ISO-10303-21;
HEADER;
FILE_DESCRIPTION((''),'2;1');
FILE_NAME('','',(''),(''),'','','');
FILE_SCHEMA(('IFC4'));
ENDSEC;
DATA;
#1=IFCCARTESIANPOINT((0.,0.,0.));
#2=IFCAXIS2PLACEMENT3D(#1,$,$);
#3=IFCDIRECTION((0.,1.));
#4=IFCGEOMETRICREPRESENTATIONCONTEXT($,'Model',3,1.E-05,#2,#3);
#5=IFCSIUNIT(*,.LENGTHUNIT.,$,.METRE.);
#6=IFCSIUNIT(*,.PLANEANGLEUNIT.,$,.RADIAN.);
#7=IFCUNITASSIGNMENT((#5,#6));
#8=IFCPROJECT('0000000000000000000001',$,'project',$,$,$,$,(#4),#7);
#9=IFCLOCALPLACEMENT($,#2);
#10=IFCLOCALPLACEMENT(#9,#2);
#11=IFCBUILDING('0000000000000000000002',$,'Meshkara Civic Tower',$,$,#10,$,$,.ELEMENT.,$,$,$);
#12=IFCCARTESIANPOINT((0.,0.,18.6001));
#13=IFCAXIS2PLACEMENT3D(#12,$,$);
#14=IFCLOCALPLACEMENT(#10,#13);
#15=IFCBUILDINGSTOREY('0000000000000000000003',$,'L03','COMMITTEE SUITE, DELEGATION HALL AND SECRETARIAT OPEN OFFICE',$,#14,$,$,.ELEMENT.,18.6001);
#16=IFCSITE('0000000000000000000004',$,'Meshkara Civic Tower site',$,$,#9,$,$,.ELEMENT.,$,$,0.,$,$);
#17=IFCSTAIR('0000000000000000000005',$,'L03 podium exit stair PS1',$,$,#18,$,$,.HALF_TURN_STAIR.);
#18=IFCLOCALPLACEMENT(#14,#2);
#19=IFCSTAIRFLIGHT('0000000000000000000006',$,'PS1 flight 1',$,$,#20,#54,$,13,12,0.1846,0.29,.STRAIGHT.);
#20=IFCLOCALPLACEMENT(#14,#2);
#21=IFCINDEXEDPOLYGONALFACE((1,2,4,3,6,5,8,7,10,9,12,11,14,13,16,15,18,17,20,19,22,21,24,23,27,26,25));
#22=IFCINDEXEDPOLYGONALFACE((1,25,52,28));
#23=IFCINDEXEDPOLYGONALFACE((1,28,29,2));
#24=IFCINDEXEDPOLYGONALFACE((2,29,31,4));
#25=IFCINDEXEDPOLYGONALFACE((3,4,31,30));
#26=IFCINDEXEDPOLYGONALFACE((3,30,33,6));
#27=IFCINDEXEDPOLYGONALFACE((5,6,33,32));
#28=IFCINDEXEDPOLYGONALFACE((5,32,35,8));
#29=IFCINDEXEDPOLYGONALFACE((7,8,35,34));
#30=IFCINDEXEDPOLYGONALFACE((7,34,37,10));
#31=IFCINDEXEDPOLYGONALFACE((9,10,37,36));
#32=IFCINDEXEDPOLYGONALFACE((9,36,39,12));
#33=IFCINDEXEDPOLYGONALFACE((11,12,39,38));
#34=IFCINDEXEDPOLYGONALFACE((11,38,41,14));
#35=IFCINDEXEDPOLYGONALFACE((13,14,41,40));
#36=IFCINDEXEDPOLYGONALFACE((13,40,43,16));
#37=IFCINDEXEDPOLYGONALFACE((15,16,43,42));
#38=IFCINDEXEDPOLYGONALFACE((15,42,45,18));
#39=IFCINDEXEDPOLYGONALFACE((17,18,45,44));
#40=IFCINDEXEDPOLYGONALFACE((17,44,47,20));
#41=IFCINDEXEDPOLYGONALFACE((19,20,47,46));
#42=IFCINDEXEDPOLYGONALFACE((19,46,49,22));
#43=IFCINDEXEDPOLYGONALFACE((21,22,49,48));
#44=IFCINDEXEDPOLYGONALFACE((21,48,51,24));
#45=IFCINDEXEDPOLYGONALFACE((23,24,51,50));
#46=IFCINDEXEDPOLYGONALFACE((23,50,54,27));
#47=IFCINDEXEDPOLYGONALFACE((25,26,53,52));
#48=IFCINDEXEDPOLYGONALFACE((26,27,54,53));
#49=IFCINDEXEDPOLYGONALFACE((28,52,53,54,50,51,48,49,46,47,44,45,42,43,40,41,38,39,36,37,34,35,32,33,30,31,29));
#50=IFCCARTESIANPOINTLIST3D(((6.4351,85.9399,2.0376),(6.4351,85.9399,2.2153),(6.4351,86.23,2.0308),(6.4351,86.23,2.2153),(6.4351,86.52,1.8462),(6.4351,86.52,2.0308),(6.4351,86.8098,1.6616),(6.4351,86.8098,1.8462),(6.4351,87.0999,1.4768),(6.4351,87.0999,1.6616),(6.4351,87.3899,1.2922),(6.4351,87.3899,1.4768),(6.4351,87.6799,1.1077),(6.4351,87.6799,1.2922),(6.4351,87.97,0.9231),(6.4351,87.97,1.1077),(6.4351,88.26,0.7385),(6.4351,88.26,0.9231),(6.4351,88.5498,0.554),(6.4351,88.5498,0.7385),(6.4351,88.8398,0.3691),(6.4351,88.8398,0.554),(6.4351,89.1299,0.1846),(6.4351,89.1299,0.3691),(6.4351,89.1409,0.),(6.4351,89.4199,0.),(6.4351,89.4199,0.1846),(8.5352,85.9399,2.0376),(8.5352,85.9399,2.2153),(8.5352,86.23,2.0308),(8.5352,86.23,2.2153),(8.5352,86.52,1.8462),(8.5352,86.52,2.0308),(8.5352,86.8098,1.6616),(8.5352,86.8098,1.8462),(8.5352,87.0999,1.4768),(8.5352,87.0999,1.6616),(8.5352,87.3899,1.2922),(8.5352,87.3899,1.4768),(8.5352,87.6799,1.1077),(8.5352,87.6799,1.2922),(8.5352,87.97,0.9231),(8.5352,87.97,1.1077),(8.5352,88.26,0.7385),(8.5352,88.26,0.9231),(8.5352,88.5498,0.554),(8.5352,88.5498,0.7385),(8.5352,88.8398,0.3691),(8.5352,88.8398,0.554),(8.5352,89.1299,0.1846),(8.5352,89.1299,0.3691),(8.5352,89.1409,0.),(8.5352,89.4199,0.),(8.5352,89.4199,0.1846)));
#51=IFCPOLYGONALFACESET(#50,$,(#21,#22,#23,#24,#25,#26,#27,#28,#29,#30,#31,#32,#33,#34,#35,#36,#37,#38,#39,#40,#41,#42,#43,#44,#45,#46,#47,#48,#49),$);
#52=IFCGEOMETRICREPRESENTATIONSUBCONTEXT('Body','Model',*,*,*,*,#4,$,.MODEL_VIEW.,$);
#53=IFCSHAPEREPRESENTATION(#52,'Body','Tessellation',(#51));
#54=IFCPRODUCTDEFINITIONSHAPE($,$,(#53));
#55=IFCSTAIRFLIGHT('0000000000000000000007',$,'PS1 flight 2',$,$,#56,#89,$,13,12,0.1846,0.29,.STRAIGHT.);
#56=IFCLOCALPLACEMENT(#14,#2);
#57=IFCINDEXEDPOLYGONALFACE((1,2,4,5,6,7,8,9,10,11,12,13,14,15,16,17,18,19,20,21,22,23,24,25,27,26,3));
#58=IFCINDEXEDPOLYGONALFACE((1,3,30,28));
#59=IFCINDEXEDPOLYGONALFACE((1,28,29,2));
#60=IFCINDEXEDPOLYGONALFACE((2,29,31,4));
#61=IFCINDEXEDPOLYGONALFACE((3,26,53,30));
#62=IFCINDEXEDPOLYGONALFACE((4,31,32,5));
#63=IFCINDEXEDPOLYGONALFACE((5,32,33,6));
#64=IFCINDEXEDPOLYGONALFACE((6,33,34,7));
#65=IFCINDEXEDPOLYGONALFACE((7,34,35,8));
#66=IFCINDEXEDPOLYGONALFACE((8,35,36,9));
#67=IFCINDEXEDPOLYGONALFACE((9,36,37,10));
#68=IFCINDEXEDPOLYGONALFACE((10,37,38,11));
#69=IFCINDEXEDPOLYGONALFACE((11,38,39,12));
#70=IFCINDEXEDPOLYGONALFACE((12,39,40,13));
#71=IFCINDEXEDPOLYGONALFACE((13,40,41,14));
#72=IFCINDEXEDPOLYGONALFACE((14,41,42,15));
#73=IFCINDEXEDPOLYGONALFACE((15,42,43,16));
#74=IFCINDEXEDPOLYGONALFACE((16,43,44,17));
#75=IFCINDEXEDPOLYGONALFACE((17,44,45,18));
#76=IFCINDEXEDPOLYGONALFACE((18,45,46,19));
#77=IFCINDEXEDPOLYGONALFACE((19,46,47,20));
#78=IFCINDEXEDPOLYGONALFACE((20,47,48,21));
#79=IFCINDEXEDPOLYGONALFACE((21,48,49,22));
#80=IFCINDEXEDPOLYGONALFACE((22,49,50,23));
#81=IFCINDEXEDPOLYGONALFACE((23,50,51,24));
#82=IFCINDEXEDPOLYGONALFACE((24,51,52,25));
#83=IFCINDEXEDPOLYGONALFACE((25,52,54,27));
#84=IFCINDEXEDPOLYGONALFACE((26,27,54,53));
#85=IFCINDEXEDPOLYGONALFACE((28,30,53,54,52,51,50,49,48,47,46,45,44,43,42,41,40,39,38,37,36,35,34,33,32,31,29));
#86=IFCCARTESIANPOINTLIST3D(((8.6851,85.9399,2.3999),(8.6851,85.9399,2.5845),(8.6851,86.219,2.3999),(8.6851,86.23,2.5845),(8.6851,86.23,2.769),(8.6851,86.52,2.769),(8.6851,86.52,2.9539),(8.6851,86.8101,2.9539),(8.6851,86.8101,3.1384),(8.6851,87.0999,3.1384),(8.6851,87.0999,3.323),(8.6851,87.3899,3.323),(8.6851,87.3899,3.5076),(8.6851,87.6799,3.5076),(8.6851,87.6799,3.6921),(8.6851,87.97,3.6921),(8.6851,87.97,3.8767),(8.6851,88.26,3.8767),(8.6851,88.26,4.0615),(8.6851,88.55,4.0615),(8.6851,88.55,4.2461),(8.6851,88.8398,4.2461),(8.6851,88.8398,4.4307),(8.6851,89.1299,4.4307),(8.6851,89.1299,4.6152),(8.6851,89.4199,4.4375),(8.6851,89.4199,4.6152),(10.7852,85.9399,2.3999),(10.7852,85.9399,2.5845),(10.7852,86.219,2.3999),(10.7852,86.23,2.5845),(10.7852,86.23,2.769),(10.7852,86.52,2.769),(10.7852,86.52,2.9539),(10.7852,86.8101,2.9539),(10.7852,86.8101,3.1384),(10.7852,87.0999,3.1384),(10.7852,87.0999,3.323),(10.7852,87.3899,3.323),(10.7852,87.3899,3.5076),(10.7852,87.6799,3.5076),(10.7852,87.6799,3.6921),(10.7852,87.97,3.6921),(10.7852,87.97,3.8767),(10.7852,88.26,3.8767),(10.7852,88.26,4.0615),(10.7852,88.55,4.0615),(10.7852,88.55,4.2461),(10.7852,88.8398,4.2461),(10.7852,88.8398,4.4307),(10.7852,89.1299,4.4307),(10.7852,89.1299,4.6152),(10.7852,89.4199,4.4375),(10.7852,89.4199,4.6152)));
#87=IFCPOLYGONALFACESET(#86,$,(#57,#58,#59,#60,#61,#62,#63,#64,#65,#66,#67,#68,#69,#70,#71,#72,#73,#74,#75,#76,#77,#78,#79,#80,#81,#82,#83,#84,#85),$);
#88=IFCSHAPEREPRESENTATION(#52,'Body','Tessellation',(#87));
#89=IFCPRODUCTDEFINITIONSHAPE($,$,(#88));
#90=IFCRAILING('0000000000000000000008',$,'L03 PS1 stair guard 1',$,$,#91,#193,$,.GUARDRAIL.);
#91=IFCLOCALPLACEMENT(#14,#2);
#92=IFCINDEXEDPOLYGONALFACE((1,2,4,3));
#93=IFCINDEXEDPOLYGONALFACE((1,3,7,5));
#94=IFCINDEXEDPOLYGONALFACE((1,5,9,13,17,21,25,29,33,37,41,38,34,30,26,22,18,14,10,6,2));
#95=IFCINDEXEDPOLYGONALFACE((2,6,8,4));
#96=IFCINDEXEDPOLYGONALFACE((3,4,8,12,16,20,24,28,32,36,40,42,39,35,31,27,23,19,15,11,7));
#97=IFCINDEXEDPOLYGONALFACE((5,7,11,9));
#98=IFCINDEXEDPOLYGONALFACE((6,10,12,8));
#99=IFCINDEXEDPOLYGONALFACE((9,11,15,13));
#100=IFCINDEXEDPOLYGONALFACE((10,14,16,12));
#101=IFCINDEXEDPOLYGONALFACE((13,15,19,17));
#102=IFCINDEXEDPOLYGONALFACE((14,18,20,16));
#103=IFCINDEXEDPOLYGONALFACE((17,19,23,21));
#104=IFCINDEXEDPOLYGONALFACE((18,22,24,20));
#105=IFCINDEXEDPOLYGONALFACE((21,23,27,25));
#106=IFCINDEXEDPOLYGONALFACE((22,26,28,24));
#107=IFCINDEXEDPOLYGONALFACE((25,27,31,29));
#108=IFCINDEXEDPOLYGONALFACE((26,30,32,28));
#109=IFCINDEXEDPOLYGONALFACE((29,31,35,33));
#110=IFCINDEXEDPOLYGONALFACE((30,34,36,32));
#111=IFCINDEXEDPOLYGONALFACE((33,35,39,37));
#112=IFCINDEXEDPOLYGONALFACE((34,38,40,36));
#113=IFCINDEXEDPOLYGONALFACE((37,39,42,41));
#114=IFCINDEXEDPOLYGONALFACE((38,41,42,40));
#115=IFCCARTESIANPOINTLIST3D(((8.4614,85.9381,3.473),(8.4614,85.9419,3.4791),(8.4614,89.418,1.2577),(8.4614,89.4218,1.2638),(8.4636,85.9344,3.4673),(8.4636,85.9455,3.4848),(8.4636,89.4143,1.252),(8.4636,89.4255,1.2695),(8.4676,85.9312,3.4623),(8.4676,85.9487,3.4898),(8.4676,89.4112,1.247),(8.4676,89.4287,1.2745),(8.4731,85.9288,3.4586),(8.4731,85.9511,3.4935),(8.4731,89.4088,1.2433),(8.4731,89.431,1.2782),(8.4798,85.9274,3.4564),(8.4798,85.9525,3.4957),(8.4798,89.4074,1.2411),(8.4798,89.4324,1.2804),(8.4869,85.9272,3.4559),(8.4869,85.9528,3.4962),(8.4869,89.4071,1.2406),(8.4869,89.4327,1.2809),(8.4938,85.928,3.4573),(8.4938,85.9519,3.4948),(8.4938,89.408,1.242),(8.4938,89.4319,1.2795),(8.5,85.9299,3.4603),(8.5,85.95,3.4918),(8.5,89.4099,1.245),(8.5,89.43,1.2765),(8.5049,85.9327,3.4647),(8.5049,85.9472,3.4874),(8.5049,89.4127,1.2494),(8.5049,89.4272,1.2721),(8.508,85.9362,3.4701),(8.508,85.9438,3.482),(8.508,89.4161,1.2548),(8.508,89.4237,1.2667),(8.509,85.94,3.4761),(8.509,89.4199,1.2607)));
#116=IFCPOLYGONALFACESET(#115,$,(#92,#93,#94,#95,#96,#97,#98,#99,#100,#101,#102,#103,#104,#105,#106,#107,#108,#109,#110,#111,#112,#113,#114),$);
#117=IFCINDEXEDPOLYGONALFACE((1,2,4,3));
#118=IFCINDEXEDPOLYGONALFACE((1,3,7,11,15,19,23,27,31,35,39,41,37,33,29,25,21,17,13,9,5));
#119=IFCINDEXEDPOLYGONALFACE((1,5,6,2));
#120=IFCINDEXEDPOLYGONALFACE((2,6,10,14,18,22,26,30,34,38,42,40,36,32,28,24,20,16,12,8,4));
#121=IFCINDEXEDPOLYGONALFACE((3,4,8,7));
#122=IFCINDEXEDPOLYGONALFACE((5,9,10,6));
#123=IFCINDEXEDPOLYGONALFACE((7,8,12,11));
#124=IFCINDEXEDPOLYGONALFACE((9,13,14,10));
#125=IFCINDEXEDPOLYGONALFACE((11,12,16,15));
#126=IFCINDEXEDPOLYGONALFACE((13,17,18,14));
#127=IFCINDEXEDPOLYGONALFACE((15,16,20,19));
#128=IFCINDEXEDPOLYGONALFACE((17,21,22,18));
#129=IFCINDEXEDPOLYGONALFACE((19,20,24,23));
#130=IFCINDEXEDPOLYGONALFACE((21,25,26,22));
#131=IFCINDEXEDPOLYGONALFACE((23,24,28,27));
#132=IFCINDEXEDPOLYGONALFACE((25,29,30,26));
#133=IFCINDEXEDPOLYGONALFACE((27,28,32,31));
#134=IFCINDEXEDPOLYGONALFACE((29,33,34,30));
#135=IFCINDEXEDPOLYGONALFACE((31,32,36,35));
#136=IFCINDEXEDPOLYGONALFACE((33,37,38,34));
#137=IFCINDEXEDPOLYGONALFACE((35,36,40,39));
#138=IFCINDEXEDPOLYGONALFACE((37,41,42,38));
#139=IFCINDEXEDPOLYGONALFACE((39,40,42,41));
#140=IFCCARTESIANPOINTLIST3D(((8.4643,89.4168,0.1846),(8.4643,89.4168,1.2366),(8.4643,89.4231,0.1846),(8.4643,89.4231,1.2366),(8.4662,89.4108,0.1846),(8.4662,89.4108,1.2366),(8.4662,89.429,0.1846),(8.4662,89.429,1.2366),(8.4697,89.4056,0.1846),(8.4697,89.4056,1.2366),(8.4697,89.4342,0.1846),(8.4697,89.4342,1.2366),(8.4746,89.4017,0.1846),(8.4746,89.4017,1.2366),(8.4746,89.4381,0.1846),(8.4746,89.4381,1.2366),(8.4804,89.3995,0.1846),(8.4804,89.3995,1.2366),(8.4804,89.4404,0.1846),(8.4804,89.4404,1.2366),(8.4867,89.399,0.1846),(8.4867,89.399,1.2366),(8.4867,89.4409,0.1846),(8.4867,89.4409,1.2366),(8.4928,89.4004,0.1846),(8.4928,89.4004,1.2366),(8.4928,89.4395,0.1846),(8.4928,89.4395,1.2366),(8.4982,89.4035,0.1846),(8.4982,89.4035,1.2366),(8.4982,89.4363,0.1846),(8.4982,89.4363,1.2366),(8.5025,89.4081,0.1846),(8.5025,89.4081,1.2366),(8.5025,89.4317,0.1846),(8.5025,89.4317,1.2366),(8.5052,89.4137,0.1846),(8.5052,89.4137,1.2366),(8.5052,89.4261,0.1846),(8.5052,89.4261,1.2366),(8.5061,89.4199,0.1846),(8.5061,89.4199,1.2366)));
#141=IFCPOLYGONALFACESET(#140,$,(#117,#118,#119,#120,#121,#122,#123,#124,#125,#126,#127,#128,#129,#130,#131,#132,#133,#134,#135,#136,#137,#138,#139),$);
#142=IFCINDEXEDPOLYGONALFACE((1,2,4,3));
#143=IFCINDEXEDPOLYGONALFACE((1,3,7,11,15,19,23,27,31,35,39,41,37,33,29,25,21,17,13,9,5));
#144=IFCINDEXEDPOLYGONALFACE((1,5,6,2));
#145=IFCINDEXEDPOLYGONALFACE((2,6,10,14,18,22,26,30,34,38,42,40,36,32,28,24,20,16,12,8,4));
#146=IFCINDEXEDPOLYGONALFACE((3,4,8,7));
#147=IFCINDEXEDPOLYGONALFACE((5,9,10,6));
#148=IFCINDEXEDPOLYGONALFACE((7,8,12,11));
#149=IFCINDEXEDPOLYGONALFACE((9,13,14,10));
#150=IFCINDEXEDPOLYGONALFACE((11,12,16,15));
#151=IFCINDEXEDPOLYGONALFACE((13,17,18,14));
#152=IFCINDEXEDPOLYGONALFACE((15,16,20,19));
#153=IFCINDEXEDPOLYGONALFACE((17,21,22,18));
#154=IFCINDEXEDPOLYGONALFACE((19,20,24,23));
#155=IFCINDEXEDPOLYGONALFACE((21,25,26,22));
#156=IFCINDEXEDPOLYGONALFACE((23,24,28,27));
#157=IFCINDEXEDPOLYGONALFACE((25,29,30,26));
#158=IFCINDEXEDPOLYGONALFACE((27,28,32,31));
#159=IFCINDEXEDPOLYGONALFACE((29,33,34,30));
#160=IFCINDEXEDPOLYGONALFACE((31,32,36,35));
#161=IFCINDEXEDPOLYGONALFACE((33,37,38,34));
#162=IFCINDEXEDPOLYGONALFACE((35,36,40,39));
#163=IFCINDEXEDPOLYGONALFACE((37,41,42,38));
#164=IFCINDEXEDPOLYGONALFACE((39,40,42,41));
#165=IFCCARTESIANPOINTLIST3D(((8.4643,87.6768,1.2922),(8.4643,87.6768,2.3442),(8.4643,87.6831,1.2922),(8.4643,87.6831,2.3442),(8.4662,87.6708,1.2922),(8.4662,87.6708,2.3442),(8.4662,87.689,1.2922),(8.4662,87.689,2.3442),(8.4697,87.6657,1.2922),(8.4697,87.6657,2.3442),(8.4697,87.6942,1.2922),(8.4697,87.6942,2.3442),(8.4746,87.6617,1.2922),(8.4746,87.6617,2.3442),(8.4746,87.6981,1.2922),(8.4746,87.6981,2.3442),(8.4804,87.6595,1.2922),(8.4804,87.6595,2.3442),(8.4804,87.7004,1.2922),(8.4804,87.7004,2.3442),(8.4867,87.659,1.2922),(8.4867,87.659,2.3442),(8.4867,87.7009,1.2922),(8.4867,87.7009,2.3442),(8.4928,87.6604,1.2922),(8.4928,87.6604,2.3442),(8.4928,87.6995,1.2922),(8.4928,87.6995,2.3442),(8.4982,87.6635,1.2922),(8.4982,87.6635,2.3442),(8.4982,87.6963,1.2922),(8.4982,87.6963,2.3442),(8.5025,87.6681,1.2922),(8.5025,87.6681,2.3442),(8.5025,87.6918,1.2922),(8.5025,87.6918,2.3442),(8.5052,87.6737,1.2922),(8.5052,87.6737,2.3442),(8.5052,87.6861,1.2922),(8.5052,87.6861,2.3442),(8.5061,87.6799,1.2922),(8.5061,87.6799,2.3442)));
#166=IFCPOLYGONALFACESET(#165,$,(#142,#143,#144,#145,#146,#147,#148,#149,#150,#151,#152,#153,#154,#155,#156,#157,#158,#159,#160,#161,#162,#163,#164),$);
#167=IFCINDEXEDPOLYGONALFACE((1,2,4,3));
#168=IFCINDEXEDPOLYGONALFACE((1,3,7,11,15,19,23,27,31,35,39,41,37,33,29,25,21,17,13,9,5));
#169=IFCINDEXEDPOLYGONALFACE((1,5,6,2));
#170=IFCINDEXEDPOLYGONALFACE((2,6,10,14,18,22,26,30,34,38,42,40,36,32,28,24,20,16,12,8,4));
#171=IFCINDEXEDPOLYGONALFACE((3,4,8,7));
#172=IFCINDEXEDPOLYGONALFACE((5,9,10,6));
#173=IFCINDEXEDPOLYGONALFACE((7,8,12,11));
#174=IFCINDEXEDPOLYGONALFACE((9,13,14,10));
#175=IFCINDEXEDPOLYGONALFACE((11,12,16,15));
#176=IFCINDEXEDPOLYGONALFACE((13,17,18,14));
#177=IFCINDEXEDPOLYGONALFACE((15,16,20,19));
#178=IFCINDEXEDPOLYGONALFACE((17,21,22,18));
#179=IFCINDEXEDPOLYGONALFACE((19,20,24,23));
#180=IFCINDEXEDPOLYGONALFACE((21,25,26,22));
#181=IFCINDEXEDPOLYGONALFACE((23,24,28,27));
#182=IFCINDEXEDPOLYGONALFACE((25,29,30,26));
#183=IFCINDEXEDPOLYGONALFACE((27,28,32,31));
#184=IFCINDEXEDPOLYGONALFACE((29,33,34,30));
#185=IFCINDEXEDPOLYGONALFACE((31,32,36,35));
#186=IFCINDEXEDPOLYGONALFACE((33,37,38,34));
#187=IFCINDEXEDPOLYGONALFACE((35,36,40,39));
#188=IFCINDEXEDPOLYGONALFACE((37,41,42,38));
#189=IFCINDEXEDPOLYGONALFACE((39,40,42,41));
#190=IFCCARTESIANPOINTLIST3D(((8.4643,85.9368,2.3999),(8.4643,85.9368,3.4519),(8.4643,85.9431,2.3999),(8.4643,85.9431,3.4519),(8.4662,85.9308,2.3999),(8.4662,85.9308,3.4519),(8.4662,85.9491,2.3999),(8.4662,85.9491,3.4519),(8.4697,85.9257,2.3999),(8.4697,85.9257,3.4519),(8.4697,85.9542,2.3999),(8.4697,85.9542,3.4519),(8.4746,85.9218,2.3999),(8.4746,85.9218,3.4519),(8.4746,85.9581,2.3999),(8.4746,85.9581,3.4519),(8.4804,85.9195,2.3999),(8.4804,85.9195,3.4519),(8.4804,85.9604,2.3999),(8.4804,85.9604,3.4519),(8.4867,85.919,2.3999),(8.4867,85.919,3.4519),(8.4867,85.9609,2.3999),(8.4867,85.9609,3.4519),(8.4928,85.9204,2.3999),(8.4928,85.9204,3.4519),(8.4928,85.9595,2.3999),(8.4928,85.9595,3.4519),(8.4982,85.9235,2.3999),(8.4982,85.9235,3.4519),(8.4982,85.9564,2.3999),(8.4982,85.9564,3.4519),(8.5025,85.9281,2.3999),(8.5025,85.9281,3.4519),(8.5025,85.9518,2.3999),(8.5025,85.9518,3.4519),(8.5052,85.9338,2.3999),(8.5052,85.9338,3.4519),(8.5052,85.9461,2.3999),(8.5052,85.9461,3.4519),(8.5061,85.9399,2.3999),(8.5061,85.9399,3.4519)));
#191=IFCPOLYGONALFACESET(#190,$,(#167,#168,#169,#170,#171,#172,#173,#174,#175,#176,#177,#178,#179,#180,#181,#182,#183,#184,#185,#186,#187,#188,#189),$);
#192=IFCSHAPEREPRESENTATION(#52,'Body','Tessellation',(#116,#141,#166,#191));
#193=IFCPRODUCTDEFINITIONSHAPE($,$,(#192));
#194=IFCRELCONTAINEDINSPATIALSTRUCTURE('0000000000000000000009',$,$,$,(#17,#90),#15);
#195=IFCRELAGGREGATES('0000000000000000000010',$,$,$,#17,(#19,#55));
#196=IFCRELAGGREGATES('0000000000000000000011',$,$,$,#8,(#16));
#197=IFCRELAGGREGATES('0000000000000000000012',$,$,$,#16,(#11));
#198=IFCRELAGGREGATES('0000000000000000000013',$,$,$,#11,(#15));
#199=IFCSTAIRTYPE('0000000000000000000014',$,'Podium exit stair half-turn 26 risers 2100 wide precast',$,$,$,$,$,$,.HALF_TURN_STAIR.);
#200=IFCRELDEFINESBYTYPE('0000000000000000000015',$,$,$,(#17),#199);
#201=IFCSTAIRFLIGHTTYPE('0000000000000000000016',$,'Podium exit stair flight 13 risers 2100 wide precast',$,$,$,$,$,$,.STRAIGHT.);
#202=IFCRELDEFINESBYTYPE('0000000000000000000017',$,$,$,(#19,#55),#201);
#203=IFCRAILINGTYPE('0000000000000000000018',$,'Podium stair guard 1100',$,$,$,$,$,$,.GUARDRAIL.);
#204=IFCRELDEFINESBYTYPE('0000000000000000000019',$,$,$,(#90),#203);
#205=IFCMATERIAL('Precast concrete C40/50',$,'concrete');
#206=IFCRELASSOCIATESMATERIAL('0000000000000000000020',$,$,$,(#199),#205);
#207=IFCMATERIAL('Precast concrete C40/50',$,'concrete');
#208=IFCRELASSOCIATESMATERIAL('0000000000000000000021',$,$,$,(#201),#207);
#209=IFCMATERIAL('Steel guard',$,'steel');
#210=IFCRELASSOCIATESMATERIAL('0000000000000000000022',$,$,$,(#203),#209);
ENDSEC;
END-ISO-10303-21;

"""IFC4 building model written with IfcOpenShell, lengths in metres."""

from ifc_helpers import new_model, si_unit, direction, frame, origin, origin_2d, place, context, subcontext, project, spatial, polyline, circle, outline, extrude, material, type_object, element, aggregate, save


model = new_model("IFC4")

# Units and contexts
model_context = context("Model", 3, precision=1e-05, world=origin(), true_north=direction((0.0, 1.0)))
body_context = subcontext(model_context, "Body", "Model", "MODEL_VIEW")
ifc_project = project(units=[si_unit("LENGTHUNIT", "METRE"), si_unit("PLANEANGLEUNIT", "RADIAN")], contexts=[model_context])

# Site, building, storey
site_placement = place(None, origin())
site = spatial("IfcSite", under=ifc_project, at=site_placement, Name="Meshkara Civic Tower site", CompositionType="ELEMENT", RefElevation=0.0)
building_placement = place(site_placement, origin())
building = spatial("IfcBuilding", under=site, at=building_placement, Name="Meshkara Civic Tower", CompositionType="ELEMENT")
storey_placement = place(building_placement, frame((0.0, 0.0, 18.6001)))
storey = spatial("IfcBuildingStorey", under=building, at=storey_placement, Name="L03", Description="COMMITTEE SUITE, DELEGATION HALL AND SECRETARIAT OPEN OFFICE", CompositionType="ELEMENT", Elevation=18.6001)

# Stair, stair flights
ifc_material_1 = material(Name="Precast concrete C40/50", Category="concrete")
stair_type_1 = type_object("IfcStairType", Name="Podium exit stair half-turn 26 risers 2100 wide precast", PredefinedType="HALF_TURN_STAIR", material=ifc_material_1)
stair_1_placement = place(storey_placement, origin())
stair_1 = element("IfcStair", 1, at=stair_1_placement, inside=storey, type_object=stair_type_1, Name="L03 podium exit stair PS1", PredefinedType="HALF_TURN_STAIR")
ifc_material_2 = material(Name="Precast concrete C40/50", Category="concrete")
stair_flight_type_1 = type_object("IfcStairFlightType", Name="Podium exit stair flight 13 risers 2100 wide precast", PredefinedType="STRAIGHT", material=ifc_material_2)
stair_flight_1_placement = place(storey_placement, frame((7.4851, 89.4199, 0.0), z_axis=(0.0, 0.0, 1.0), x_axis=(0.0, -1.0, 0.0)))
stair_flight_1 = element("IfcStairFlight", 2, at=stair_flight_1_placement, type_object=stair_flight_type_1, Name="PS1 flight 1", NumberOfRisers=13, NumberOfTreads=12, PredefinedType="STRAIGHT", RiserHeight=0.1846, TreadLength=0.29, context=body_context, shape_type="SweptSolid", body=[
    extrude(outline(polyline([(0.0, 0.0), (0.0, 0.1846), (0.29, 0.1846), (0.29, 0.3691), (0.5801, 0.3691), (0.5801, 0.554), (0.8701, 0.554), (0.8701, 0.7385), (1.1599, 0.7385), (1.1599, 0.9231), (1.45, 0.9231), (1.45, 1.1077), (1.74, 1.1077), (1.74, 1.2922), (2.03, 1.2922), (2.03, 1.4768), (2.3201, 1.4768), (2.3201, 1.6616), (2.6101, 1.6616), (2.6101, 1.8462), (2.8999, 1.8462), (2.8999, 2.0308), (3.1899, 2.0308), (3.1899, 2.2153), (3.48, 2.2153), (3.48, 2.3999), (3.48, 2.0376), (0.2791, 0.0), (0.0, 0.0)])), frame((0.0, 1.05, 0.0), z_axis=(0.0, -1.0, 0.0), x_axis=(1.0, 0.0, 0.0)), (0.0, 0.0, 1.0), 2.1001),
])
stair_flight_2_placement = place(storey_placement, frame((9.7351, 85.9399, 2.3999), z_axis=(0.0, 0.0, 1.0), x_axis=(0.0, 1.0, 0.0)))
stair_flight_2 = element("IfcStairFlight", 3, at=stair_flight_2_placement, type_object=stair_flight_type_1, Name="PS1 flight 2", NumberOfRisers=13, NumberOfTreads=12, PredefinedType="STRAIGHT", RiserHeight=0.1846, TreadLength=0.29, context=body_context, shape_type="SweptSolid", body=[
    extrude(outline(polyline([(0.0, 0.0), (0.0, 0.1846), (0.29, 0.1846), (0.29, 0.3691), (0.5801, 0.3691), (0.5801, 0.554), (0.8701, 0.554), (0.8701, 0.7385), (1.1599, 0.7385), (1.1599, 0.9231), (1.45, 0.9231), (1.45, 1.1077), (1.74, 1.1077), (1.74, 1.2922), (2.03, 1.2922), (2.03, 1.4768), (2.3201, 1.4768), (2.3201, 1.6616), (2.6101, 1.6616), (2.6101, 1.8462), (2.8999, 1.8462), (2.8999, 2.0308), (3.1899, 2.0308), (3.1899, 2.2153), (3.48, 2.2153), (3.48, 2.3999), (3.48, 2.0376), (0.2791, 0.0), (0.0, 0.0)])), frame((0.0, 1.05, 0.0), z_axis=(0.0, -1.0, 0.0), x_axis=(1.0, 0.0, 0.0)), (0.0, 0.0, 1.0), 2.1001),
])
aggregate(stair_1, [stair_flight_1, stair_flight_2])

# Railing
ifc_material_3 = material(Name="Steel guard", Category="steel")
railing_type_1 = type_object("IfcRailingType", Name="Podium stair guard 1100", PredefinedType="GUARDRAIL", material=ifc_material_3)
railing_1_placement = place(storey_placement, frame((8.4851, 89.4199, 0.1846)))
element("IfcRailing", 4, at=railing_1_placement, inside=storey, type_object=railing_type_1, Name="L03 PS1 stair guard 1", PredefinedType="GUARDRAIL", context=body_context, shape_type="SweptSolid", body=[
    extrude(circle(Radius=0.0239, at=origin_2d()), frame((0.0, 0.0, 1.0762), z_axis=(0.0, -0.843574, 0.537013), x_axis=(1.0, 0.0, 0.0)), (0.0, 0.0, 1.0), 4.1252),
    extrude(circle(Radius=0.021, at=origin_2d()), origin(), (0.0, 0.0, 1.0), 1.052),
    extrude(circle(Radius=0.021, at=origin_2d()), frame((0.0, -1.74, 1.1077)), (0.0, 0.0, 1.0), 1.052),
    extrude(circle(Radius=0.021, at=origin_2d()), frame((0.0, -3.48, 2.2153)), (0.0, 0.0, 1.0), 1.052),
])

save(model, "model.ifc")
